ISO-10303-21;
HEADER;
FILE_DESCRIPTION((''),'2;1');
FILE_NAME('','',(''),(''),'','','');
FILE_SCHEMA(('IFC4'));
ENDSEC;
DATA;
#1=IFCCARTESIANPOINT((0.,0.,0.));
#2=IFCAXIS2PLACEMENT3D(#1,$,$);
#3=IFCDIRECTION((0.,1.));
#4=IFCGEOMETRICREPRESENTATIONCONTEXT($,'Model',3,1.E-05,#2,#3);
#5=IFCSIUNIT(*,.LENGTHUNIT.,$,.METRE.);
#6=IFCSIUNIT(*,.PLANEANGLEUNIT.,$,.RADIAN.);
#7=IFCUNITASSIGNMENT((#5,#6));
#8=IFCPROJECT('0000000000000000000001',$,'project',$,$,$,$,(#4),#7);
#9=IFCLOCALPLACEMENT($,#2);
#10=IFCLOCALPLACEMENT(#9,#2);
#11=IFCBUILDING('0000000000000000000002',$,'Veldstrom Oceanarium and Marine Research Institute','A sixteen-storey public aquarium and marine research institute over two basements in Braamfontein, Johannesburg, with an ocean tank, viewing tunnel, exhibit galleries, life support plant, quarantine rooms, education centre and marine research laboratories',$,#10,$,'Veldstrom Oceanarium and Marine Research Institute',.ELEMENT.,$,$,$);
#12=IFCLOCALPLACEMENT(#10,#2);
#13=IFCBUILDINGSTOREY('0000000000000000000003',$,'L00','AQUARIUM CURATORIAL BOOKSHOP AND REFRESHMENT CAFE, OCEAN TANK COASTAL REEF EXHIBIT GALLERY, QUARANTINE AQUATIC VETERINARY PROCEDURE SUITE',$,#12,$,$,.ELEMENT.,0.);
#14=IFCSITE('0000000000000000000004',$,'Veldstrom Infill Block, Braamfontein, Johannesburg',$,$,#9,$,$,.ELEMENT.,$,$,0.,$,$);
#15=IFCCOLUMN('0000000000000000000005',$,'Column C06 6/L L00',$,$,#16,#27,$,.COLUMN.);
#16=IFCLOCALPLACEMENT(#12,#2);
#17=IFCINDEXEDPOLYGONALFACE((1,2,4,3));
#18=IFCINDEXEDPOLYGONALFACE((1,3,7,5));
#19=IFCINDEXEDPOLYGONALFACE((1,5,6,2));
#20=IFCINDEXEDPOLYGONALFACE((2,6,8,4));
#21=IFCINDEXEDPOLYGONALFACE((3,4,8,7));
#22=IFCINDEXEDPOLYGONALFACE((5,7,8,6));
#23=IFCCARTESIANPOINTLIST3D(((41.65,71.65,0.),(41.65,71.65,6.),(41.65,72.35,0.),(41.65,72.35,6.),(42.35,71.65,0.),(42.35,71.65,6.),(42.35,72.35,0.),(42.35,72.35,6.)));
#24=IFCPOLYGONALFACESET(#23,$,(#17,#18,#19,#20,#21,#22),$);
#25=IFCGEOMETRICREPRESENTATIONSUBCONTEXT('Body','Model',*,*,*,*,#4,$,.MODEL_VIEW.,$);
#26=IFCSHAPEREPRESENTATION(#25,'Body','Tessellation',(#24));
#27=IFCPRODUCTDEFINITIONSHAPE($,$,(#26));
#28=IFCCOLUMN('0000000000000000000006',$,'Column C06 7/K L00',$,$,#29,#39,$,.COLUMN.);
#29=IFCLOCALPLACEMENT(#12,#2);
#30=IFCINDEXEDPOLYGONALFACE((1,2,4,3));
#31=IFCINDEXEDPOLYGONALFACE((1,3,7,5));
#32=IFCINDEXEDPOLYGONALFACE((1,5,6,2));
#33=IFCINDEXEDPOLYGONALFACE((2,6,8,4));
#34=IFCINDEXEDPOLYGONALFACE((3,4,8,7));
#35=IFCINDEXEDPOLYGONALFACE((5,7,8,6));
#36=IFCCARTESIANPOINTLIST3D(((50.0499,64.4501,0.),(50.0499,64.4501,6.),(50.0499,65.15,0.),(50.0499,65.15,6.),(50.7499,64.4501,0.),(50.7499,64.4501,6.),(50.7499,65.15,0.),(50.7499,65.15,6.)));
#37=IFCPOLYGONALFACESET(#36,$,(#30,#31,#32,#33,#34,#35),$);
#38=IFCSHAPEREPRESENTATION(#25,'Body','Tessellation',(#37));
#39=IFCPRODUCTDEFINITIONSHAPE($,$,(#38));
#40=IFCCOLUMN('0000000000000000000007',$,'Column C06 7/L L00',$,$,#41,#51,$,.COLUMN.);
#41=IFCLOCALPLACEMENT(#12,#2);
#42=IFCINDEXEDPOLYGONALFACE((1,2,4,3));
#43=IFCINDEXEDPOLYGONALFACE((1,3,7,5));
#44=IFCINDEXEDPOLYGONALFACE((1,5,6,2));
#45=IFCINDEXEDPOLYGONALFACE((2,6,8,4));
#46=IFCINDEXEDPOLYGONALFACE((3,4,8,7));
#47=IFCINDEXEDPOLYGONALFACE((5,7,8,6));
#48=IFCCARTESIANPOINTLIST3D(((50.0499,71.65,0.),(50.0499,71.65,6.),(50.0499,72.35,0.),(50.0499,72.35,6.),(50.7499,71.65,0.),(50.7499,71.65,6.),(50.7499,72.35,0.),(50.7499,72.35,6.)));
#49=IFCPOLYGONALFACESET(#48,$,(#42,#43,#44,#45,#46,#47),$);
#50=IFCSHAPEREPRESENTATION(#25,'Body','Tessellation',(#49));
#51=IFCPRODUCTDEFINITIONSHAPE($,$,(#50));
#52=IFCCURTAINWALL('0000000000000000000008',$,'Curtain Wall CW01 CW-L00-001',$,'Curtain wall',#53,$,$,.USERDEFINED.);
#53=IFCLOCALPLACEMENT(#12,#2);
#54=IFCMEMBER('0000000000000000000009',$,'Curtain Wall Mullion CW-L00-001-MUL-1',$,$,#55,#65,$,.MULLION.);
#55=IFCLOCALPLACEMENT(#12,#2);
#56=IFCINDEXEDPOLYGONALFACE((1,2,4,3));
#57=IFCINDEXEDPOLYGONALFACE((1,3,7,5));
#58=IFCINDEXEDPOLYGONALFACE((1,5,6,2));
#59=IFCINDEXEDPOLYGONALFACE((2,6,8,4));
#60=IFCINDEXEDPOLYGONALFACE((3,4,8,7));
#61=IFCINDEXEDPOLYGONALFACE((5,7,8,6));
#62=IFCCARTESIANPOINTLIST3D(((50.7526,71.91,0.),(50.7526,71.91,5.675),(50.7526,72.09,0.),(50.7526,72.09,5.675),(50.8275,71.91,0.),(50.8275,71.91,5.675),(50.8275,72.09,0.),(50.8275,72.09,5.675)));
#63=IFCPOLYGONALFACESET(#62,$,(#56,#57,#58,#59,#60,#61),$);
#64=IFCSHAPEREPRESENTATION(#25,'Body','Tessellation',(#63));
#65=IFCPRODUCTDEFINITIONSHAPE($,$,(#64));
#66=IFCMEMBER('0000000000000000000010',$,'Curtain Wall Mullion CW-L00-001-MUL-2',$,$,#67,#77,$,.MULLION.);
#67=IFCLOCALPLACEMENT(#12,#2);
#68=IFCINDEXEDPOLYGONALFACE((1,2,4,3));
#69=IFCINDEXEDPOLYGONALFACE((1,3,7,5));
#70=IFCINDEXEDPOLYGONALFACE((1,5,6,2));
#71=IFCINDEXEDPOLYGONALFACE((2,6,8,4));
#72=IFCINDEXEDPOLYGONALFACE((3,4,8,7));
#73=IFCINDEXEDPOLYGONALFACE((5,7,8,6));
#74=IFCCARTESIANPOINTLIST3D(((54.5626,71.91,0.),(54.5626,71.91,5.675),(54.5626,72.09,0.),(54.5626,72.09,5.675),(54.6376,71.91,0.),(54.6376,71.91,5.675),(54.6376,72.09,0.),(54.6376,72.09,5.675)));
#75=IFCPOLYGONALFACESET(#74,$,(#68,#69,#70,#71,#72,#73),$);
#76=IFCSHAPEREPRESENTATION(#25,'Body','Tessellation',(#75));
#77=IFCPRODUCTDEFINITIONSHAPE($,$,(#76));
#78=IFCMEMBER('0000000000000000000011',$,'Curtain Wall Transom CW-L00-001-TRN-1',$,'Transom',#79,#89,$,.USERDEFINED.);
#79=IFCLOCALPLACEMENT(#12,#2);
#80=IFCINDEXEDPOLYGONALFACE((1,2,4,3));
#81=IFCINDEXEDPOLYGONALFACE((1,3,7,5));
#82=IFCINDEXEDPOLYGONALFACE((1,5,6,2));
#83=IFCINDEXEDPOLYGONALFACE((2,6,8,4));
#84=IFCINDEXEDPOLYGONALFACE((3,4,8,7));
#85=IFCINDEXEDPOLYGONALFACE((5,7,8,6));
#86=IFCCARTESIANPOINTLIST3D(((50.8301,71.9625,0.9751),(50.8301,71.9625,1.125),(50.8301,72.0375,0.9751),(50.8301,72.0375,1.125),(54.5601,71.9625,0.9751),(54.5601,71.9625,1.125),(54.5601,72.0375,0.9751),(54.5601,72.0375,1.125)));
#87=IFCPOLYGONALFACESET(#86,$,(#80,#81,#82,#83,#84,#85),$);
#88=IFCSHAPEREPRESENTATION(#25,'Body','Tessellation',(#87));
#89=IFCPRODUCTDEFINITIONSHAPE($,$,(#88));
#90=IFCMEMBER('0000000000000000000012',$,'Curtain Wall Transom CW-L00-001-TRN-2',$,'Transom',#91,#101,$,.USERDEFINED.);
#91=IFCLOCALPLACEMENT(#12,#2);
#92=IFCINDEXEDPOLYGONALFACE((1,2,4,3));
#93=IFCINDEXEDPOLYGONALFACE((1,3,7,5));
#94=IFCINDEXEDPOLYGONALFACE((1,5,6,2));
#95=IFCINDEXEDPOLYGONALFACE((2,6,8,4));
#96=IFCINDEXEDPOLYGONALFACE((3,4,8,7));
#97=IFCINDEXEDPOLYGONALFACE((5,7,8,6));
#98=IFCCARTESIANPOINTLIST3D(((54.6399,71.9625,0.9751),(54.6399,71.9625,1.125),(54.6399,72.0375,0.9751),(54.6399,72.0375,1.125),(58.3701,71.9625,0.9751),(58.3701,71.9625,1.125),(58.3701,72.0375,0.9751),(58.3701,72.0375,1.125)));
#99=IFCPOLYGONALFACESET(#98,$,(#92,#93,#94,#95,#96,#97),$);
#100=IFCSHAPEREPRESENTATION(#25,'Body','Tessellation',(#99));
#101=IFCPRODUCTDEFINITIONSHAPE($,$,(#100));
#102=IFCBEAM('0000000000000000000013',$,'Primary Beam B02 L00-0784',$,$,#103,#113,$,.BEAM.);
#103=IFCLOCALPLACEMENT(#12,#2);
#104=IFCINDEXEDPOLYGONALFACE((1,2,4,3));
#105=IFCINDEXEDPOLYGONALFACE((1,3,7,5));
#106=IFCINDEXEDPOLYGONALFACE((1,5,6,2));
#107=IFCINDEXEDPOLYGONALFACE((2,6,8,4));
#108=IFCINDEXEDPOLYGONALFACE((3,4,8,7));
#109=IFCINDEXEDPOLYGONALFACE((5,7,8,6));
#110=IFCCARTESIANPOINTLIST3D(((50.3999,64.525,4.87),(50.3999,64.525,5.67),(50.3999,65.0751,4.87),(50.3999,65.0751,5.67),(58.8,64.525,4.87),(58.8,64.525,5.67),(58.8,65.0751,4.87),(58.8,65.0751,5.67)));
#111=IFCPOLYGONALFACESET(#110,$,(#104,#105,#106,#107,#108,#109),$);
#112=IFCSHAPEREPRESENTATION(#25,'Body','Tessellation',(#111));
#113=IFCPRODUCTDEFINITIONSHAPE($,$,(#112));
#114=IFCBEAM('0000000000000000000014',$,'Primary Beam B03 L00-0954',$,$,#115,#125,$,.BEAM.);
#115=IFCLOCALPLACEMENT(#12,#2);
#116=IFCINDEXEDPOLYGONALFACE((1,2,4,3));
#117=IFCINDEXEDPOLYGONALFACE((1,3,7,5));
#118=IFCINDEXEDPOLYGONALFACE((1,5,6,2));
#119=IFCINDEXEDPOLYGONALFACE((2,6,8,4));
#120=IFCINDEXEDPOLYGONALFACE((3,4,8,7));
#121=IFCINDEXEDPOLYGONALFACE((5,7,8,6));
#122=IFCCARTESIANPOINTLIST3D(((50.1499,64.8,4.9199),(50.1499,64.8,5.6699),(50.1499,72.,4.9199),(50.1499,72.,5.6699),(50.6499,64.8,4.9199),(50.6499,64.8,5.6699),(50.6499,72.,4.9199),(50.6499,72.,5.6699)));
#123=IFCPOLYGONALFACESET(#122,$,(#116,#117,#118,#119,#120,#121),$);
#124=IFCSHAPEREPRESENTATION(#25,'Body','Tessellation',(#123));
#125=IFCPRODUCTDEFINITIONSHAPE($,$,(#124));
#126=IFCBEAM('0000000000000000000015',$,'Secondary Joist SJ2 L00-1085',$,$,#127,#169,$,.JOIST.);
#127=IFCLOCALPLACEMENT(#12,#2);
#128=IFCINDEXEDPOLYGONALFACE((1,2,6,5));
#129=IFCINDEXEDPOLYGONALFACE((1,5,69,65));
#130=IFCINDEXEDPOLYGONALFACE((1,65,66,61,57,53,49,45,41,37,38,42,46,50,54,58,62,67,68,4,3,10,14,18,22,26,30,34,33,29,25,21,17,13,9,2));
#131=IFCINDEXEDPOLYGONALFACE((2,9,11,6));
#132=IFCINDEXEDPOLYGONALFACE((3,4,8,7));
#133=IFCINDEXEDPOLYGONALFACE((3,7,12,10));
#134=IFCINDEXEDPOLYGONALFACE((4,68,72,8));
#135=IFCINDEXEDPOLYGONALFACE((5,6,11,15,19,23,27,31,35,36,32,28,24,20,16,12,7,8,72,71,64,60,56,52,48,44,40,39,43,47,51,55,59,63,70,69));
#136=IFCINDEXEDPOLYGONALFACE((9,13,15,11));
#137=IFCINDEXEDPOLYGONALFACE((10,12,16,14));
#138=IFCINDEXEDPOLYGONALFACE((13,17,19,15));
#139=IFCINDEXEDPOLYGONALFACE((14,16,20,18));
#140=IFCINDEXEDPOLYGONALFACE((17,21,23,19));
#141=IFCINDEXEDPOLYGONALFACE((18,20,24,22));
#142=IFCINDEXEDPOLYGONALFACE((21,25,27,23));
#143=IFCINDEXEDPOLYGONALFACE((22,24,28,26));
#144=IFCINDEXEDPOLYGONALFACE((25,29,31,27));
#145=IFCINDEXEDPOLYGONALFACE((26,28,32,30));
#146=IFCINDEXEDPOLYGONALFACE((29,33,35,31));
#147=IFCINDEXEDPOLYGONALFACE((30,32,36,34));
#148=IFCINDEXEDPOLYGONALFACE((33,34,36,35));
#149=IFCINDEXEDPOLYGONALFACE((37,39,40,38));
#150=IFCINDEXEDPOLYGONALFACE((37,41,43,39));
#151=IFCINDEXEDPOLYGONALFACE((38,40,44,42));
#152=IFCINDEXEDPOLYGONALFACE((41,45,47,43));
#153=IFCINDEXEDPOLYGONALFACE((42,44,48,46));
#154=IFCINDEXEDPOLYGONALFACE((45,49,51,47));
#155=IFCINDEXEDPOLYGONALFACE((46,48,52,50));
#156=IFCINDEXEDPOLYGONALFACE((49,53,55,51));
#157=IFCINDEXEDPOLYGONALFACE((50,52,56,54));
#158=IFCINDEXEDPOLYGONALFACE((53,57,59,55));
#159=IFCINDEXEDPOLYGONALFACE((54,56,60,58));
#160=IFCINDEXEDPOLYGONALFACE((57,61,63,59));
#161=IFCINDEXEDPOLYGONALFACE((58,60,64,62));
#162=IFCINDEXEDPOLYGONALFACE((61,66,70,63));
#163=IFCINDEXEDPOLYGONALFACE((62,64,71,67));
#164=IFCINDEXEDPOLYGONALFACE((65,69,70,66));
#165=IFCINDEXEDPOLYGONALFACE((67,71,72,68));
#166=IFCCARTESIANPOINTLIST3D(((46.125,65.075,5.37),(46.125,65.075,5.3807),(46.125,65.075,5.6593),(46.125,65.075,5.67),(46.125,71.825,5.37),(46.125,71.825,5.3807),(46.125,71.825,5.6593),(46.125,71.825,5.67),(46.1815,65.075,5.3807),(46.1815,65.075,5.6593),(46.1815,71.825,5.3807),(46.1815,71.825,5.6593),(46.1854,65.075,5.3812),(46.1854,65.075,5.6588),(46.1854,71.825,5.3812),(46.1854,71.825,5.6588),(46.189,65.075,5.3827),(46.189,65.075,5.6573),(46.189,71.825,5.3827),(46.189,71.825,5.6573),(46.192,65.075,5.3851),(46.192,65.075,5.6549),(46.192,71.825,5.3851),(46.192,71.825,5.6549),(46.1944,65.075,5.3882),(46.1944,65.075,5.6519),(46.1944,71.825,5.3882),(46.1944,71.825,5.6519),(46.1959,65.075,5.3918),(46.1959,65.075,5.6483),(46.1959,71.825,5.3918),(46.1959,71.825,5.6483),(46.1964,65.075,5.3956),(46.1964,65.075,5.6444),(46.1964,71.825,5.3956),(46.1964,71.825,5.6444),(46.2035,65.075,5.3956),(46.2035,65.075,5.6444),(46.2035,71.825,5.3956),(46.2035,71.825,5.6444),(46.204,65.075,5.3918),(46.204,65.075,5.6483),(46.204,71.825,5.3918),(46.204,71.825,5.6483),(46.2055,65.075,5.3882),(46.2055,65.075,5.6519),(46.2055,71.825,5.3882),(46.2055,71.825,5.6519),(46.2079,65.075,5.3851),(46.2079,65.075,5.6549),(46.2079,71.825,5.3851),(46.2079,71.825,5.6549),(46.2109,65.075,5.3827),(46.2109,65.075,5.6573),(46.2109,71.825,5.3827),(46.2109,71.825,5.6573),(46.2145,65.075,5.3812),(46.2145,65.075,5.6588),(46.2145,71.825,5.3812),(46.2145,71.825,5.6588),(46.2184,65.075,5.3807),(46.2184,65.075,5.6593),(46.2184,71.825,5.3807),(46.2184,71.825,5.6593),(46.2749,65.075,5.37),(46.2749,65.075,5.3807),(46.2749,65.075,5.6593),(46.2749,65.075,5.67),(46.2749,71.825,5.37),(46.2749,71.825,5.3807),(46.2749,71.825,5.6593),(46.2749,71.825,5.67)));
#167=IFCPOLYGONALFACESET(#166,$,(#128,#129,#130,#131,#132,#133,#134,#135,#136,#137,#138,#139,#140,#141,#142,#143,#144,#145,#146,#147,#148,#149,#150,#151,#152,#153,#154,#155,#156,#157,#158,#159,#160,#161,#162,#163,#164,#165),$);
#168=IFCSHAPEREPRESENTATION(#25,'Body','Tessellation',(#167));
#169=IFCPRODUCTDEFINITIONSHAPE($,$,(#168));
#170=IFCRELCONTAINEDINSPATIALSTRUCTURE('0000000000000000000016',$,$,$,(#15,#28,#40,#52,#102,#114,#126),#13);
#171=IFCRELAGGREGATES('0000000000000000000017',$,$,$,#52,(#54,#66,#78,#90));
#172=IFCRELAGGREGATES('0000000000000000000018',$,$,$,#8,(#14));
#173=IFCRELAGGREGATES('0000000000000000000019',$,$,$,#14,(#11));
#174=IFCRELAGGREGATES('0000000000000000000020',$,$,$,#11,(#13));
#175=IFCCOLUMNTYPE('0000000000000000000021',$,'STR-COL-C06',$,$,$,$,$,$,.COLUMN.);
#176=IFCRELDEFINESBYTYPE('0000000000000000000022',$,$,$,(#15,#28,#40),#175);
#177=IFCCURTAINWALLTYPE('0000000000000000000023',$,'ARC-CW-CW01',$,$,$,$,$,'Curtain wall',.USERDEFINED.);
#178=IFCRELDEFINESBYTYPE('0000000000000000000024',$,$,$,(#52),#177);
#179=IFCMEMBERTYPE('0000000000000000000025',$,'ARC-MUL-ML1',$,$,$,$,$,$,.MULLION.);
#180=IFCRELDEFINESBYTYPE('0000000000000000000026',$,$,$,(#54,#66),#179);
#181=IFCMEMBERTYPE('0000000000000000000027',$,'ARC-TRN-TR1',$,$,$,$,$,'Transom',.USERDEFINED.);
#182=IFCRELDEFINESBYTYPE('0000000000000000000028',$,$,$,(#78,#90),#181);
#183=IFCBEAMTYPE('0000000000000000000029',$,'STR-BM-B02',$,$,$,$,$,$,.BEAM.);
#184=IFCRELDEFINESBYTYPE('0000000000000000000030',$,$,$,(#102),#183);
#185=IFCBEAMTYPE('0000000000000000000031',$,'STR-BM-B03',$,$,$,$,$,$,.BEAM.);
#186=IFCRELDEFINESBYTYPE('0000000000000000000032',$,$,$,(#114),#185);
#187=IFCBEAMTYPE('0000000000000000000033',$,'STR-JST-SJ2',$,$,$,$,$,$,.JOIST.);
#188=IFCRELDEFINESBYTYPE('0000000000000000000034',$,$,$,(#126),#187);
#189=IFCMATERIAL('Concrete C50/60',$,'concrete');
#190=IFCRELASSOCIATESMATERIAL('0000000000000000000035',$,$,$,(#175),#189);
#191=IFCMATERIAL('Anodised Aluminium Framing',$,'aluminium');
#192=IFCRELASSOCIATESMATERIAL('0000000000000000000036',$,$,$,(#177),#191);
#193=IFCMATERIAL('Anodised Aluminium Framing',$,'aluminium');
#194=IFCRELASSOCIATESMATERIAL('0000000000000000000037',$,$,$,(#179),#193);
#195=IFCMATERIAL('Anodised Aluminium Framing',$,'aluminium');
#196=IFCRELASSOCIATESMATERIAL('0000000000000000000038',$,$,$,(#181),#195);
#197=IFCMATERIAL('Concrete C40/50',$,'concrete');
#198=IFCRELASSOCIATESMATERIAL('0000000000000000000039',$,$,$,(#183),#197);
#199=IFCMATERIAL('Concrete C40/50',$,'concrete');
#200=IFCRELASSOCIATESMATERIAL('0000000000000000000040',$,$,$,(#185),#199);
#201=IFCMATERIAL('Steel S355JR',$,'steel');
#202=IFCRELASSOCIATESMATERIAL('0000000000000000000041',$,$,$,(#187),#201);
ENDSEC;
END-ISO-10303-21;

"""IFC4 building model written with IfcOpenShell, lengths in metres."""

from ifc_helpers import new_model, si_unit, direction, frame, origin, origin_2d, place, context, subcontext, project, spatial, rectangle, i_section, extrude, material, material_profile, profile_set, type_object, element, aggregate, save


model = new_model("IFC4")

# Units and contexts
model_context = context("Model", 3, precision=1e-05, world=origin(), true_north=direction((0.0, 1.0)))
body_context = subcontext(model_context, "Body", "Model", "MODEL_VIEW")
ifc_project = project(units=[si_unit("LENGTHUNIT", "METRE"), si_unit("PLANEANGLEUNIT", "RADIAN")], contexts=[model_context])

# Site, building, storey
site_placement = place(None, origin())
site = spatial("IfcSite", under=ifc_project, at=site_placement, Name="Veldstrom Infill Block, Braamfontein, Johannesburg", CompositionType="ELEMENT", RefElevation=0.0)
building_placement = place(site_placement, origin())
building = spatial("IfcBuilding", under=site, at=building_placement, Name="Veldstrom Oceanarium and Marine Research Institute", Description="A sixteen-storey public aquarium and marine research institute over two basements in Braamfontein, Johannesburg, with an ocean tank, viewing tunnel, exhibit galleries, life support plant, quarantine rooms, education centre and marine research laboratories", LongName="Veldstrom Oceanarium and Marine Research Institute", CompositionType="ELEMENT")
storey_placement = place(building_placement, origin())
storey = spatial("IfcBuildingStorey", under=building, at=storey_placement, Name="L00", Description="AQUARIUM CURATORIAL BOOKSHOP AND REFRESHMENT CAFE, OCEAN TANK COASTAL REEF EXHIBIT GALLERY, QUARANTINE AQUATIC VETERINARY PROCEDURE SUITE", CompositionType="ELEMENT", Elevation=0.0)

# Columns
ifc_material_1 = material(Name="Concrete C50/60", Category="concrete")
ifc_material_profile_1 = material_profile(ifc_material_1, rectangle(XDim=0.7, YDim=0.7, at=origin_2d()), Name="RC-COL-700x700")
ifc_profile_set_1 = profile_set([ifc_material_profile_1], Name="Concrete C50/60")
column_type = type_object("IfcColumnType", Name="STR-COL-C06", PredefinedType="COLUMN", material=ifc_profile_set_1)
for number, where, z_axis, x_axis, name in (
    (1, (42.0, 72.0, 0.0), (0.0, 0.0, 1.0), (1.0, 0.0, 0.0), "Column C06 6/L L00"),
    (2, (50.3999, 64.8, 0.0), (0.0, 0.0, 1.0), (1.0, 0.0, 0.0), "Column C06 7/K L00"),
    (3, (50.3999, 72.0, 0.0), (0.0, 0.0, 1.0), (1.0, 0.0, 0.0), "Column C06 7/L L00"),
):
    element("IfcColumn", number, at=place(storey_placement, frame(where, z_axis=z_axis, x_axis=x_axis)), inside=storey, type_object=column_type, Name=name, PredefinedType="COLUMN", context=body_context, shape_type="SweptSolid", body=[
        extrude(rectangle(XDim=0.7, YDim=0.7, at=origin_2d()), origin(), (0.0, 0.0, 1.0), 6.0),
    ])

# Curtain wall, members
ifc_material_2 = material(Name="Anodised Aluminium Framing", Category="aluminium")
curtain_wall_type = type_object("IfcCurtainWallType", Name="ARC-CW-CW01", ElementType="Curtain wall", PredefinedType="USERDEFINED", material=ifc_material_2)
curtain_wall_placement = place(storey_placement, origin())
curtain_wall = element("IfcCurtainWall", 4, at=curtain_wall_placement, inside=storey, type_object=curtain_wall_type, Name="Curtain Wall CW01 CW-L00-001", ObjectType="Curtain wall", PredefinedType="USERDEFINED")
ifc_material_3 = material(Name="Anodised Aluminium Framing", Category="aluminium")
ifc_material_profile_2 = material_profile(ifc_material_3, rectangle(XDim=0.075, YDim=0.1799, at=origin_2d()), Name="ALU-MUL-75x180")
ifc_profile_set_2 = profile_set([ifc_material_profile_2], Name="Anodised Aluminium Framing")
member_type_1 = type_object("IfcMemberType", Name="ARC-MUL-ML1", PredefinedType="MULLION", material=ifc_profile_set_2)
member_1_placement = place(storey_placement, frame((50.79, 72.0, 0.0), z_axis=(0.0, 0.0, 1.0), x_axis=(1.0, 0.0, 0.0)))
member_1 = element("IfcMember", 5, at=member_1_placement, type_object=member_type_1, Name="Curtain Wall Mullion CW-L00-001-MUL-1", PredefinedType="MULLION", context=body_context, shape_type="SweptSolid", body=[
    extrude(rectangle(XDim=0.075, YDim=0.1799, at=origin_2d()), origin(), (0.0, 0.0, 1.0), 5.675),
])
member_2_placement = place(storey_placement, frame((54.6001, 72.0, 0.0), z_axis=(0.0, 0.0, 1.0), x_axis=(1.0, 0.0, 0.0)))
member_2 = element("IfcMember", 6, at=member_2_placement, type_object=member_type_1, Name="Curtain Wall Mullion CW-L00-001-MUL-2", PredefinedType="MULLION", context=body_context, shape_type="SweptSolid", body=[
    extrude(rectangle(XDim=0.075, YDim=0.1799, at=origin_2d()), origin(), (0.0, 0.0, 1.0), 5.675),
])
ifc_material_4 = material(Name="Anodised Aluminium Framing", Category="aluminium")
ifc_material_profile_3 = material_profile(ifc_material_4, rectangle(XDim=0.075, YDim=0.1499, at=origin_2d()), Name="ALU-TRN-75x150")
ifc_profile_set_3 = profile_set([ifc_material_profile_3], Name="Anodised Aluminium Framing")
member_type_2 = type_object("IfcMemberType", Name="ARC-TRN-TR1", ElementType="Transom", PredefinedType="USERDEFINED", material=ifc_profile_set_3)
member_3_placement = place(storey_placement, frame((50.8301, 72.0, 1.05), z_axis=(1.0, 0.0, 0.0), x_axis=(0.0, 1.0, 0.0)))
member_3 = element("IfcMember", 7, at=member_3_placement, type_object=member_type_2, Name="Curtain Wall Transom CW-L00-001-TRN-1", ObjectType="Transom", PredefinedType="USERDEFINED", context=body_context, shape_type="SweptSolid", body=[
    extrude(rectangle(XDim=0.075, YDim=0.1499, at=origin_2d()), origin(), (0.0, 0.0, 1.0), 3.73),
])
member_4_placement = place(storey_placement, frame((54.6399, 72.0, 1.05), z_axis=(1.0, 0.0, 0.0), x_axis=(0.0, 1.0, 0.0)))
member_4 = element("IfcMember", 8, at=member_4_placement, type_object=member_type_2, Name="Curtain Wall Transom CW-L00-001-TRN-2", ObjectType="Transom", PredefinedType="USERDEFINED", context=body_context, shape_type="SweptSolid", body=[
    extrude(rectangle(XDim=0.075, YDim=0.1499, at=origin_2d()), origin(), (0.0, 0.0, 1.0), 3.7302),
])

# Beams
ifc_material_5 = material(Name="Concrete C40/50", Category="concrete")
ifc_material_profile_4 = material_profile(ifc_material_5, rectangle(XDim=0.55, YDim=0.8, at=origin_2d()), Name="RC-BM-550x800")
ifc_profile_set_4 = profile_set([ifc_material_profile_4], Name="Concrete C40/50")
beam_type_1 = type_object("IfcBeamType", Name="STR-BM-B02", PredefinedType="BEAM", material=ifc_profile_set_4)
beam_1_placement = place(storey_placement, frame((50.3999, 64.8, 5.27), z_axis=(1.0, 0.0, 0.0), x_axis=(0.0, 1.0, 0.0)))
element("IfcBeam", 9, at=beam_1_placement, inside=storey, type_object=beam_type_1, Name="Primary Beam B02 L00-0784", PredefinedType="BEAM", context=body_context, shape_type="SweptSolid", body=[
    extrude(rectangle(XDim=0.55, YDim=0.8, at=origin_2d()), origin(), (0.0, 0.0, 1.0), 8.4001),
])
ifc_material_6 = material(Name="Concrete C40/50", Category="concrete")
ifc_material_profile_5 = material_profile(ifc_material_6, rectangle(XDim=0.5, YDim=0.75, at=origin_2d()), Name="RC-BM-500x750")
ifc_profile_set_5 = profile_set([ifc_material_profile_5], Name="Concrete C40/50")
beam_type_2 = type_object("IfcBeamType", Name="STR-BM-B03", PredefinedType="BEAM", material=ifc_profile_set_5)
beam_2_placement = place(storey_placement, frame((50.3999, 64.8, 5.2949), z_axis=(0.0, 1.0, 0.0), x_axis=(-1.0, 0.0, 0.0)))
element("IfcBeam", 10, at=beam_2_placement, inside=storey, type_object=beam_type_2, Name="Primary Beam B03 L00-0954", PredefinedType="BEAM", context=body_context, shape_type="SweptSolid", body=[
    extrude(rectangle(XDim=0.5, YDim=0.75, at=origin_2d()), origin(), (0.0, 0.0, 1.0), 7.2),
])
ifc_material_7 = material(Name="Steel S355JR", Category="steel")
ifc_material_profile_6 = material_profile(ifc_material_7, i_section(OverallWidth=0.1499, OverallDepth=0.3, WebThickness=0.0071, FlangeThickness=0.0107, FilletRadius=0.0149, at=origin_2d()), Name="IPE 300")
ifc_profile_set_6 = profile_set([ifc_material_profile_6], Name="Steel S355JR")
beam_type_3 = type_object("IfcBeamType", Name="STR-JST-SJ2", PredefinedType="JOIST", material=ifc_profile_set_6)
beam_3_placement = place(storey_placement, frame((46.2, 65.075, 5.52), z_axis=(0.0, 1.0, 0.0), x_axis=(-1.0, 0.0, 0.0)))
element("IfcBeam", 11, at=beam_3_placement, inside=storey, type_object=beam_type_3, Name="Secondary Joist SJ2 L00-1085", PredefinedType="JOIST", context=body_context, shape_type="SweptSolid", body=[
    extrude(i_section(OverallWidth=0.1499, OverallDepth=0.3, WebThickness=0.0071, FlangeThickness=0.0107, FilletRadius=0.0149, at=origin_2d()), origin(), (0.0, 0.0, 1.0), 6.75),
])

aggregate(curtain_wall, [member_1, member_2, member_3, member_4])

save(model, "model.ifc")
